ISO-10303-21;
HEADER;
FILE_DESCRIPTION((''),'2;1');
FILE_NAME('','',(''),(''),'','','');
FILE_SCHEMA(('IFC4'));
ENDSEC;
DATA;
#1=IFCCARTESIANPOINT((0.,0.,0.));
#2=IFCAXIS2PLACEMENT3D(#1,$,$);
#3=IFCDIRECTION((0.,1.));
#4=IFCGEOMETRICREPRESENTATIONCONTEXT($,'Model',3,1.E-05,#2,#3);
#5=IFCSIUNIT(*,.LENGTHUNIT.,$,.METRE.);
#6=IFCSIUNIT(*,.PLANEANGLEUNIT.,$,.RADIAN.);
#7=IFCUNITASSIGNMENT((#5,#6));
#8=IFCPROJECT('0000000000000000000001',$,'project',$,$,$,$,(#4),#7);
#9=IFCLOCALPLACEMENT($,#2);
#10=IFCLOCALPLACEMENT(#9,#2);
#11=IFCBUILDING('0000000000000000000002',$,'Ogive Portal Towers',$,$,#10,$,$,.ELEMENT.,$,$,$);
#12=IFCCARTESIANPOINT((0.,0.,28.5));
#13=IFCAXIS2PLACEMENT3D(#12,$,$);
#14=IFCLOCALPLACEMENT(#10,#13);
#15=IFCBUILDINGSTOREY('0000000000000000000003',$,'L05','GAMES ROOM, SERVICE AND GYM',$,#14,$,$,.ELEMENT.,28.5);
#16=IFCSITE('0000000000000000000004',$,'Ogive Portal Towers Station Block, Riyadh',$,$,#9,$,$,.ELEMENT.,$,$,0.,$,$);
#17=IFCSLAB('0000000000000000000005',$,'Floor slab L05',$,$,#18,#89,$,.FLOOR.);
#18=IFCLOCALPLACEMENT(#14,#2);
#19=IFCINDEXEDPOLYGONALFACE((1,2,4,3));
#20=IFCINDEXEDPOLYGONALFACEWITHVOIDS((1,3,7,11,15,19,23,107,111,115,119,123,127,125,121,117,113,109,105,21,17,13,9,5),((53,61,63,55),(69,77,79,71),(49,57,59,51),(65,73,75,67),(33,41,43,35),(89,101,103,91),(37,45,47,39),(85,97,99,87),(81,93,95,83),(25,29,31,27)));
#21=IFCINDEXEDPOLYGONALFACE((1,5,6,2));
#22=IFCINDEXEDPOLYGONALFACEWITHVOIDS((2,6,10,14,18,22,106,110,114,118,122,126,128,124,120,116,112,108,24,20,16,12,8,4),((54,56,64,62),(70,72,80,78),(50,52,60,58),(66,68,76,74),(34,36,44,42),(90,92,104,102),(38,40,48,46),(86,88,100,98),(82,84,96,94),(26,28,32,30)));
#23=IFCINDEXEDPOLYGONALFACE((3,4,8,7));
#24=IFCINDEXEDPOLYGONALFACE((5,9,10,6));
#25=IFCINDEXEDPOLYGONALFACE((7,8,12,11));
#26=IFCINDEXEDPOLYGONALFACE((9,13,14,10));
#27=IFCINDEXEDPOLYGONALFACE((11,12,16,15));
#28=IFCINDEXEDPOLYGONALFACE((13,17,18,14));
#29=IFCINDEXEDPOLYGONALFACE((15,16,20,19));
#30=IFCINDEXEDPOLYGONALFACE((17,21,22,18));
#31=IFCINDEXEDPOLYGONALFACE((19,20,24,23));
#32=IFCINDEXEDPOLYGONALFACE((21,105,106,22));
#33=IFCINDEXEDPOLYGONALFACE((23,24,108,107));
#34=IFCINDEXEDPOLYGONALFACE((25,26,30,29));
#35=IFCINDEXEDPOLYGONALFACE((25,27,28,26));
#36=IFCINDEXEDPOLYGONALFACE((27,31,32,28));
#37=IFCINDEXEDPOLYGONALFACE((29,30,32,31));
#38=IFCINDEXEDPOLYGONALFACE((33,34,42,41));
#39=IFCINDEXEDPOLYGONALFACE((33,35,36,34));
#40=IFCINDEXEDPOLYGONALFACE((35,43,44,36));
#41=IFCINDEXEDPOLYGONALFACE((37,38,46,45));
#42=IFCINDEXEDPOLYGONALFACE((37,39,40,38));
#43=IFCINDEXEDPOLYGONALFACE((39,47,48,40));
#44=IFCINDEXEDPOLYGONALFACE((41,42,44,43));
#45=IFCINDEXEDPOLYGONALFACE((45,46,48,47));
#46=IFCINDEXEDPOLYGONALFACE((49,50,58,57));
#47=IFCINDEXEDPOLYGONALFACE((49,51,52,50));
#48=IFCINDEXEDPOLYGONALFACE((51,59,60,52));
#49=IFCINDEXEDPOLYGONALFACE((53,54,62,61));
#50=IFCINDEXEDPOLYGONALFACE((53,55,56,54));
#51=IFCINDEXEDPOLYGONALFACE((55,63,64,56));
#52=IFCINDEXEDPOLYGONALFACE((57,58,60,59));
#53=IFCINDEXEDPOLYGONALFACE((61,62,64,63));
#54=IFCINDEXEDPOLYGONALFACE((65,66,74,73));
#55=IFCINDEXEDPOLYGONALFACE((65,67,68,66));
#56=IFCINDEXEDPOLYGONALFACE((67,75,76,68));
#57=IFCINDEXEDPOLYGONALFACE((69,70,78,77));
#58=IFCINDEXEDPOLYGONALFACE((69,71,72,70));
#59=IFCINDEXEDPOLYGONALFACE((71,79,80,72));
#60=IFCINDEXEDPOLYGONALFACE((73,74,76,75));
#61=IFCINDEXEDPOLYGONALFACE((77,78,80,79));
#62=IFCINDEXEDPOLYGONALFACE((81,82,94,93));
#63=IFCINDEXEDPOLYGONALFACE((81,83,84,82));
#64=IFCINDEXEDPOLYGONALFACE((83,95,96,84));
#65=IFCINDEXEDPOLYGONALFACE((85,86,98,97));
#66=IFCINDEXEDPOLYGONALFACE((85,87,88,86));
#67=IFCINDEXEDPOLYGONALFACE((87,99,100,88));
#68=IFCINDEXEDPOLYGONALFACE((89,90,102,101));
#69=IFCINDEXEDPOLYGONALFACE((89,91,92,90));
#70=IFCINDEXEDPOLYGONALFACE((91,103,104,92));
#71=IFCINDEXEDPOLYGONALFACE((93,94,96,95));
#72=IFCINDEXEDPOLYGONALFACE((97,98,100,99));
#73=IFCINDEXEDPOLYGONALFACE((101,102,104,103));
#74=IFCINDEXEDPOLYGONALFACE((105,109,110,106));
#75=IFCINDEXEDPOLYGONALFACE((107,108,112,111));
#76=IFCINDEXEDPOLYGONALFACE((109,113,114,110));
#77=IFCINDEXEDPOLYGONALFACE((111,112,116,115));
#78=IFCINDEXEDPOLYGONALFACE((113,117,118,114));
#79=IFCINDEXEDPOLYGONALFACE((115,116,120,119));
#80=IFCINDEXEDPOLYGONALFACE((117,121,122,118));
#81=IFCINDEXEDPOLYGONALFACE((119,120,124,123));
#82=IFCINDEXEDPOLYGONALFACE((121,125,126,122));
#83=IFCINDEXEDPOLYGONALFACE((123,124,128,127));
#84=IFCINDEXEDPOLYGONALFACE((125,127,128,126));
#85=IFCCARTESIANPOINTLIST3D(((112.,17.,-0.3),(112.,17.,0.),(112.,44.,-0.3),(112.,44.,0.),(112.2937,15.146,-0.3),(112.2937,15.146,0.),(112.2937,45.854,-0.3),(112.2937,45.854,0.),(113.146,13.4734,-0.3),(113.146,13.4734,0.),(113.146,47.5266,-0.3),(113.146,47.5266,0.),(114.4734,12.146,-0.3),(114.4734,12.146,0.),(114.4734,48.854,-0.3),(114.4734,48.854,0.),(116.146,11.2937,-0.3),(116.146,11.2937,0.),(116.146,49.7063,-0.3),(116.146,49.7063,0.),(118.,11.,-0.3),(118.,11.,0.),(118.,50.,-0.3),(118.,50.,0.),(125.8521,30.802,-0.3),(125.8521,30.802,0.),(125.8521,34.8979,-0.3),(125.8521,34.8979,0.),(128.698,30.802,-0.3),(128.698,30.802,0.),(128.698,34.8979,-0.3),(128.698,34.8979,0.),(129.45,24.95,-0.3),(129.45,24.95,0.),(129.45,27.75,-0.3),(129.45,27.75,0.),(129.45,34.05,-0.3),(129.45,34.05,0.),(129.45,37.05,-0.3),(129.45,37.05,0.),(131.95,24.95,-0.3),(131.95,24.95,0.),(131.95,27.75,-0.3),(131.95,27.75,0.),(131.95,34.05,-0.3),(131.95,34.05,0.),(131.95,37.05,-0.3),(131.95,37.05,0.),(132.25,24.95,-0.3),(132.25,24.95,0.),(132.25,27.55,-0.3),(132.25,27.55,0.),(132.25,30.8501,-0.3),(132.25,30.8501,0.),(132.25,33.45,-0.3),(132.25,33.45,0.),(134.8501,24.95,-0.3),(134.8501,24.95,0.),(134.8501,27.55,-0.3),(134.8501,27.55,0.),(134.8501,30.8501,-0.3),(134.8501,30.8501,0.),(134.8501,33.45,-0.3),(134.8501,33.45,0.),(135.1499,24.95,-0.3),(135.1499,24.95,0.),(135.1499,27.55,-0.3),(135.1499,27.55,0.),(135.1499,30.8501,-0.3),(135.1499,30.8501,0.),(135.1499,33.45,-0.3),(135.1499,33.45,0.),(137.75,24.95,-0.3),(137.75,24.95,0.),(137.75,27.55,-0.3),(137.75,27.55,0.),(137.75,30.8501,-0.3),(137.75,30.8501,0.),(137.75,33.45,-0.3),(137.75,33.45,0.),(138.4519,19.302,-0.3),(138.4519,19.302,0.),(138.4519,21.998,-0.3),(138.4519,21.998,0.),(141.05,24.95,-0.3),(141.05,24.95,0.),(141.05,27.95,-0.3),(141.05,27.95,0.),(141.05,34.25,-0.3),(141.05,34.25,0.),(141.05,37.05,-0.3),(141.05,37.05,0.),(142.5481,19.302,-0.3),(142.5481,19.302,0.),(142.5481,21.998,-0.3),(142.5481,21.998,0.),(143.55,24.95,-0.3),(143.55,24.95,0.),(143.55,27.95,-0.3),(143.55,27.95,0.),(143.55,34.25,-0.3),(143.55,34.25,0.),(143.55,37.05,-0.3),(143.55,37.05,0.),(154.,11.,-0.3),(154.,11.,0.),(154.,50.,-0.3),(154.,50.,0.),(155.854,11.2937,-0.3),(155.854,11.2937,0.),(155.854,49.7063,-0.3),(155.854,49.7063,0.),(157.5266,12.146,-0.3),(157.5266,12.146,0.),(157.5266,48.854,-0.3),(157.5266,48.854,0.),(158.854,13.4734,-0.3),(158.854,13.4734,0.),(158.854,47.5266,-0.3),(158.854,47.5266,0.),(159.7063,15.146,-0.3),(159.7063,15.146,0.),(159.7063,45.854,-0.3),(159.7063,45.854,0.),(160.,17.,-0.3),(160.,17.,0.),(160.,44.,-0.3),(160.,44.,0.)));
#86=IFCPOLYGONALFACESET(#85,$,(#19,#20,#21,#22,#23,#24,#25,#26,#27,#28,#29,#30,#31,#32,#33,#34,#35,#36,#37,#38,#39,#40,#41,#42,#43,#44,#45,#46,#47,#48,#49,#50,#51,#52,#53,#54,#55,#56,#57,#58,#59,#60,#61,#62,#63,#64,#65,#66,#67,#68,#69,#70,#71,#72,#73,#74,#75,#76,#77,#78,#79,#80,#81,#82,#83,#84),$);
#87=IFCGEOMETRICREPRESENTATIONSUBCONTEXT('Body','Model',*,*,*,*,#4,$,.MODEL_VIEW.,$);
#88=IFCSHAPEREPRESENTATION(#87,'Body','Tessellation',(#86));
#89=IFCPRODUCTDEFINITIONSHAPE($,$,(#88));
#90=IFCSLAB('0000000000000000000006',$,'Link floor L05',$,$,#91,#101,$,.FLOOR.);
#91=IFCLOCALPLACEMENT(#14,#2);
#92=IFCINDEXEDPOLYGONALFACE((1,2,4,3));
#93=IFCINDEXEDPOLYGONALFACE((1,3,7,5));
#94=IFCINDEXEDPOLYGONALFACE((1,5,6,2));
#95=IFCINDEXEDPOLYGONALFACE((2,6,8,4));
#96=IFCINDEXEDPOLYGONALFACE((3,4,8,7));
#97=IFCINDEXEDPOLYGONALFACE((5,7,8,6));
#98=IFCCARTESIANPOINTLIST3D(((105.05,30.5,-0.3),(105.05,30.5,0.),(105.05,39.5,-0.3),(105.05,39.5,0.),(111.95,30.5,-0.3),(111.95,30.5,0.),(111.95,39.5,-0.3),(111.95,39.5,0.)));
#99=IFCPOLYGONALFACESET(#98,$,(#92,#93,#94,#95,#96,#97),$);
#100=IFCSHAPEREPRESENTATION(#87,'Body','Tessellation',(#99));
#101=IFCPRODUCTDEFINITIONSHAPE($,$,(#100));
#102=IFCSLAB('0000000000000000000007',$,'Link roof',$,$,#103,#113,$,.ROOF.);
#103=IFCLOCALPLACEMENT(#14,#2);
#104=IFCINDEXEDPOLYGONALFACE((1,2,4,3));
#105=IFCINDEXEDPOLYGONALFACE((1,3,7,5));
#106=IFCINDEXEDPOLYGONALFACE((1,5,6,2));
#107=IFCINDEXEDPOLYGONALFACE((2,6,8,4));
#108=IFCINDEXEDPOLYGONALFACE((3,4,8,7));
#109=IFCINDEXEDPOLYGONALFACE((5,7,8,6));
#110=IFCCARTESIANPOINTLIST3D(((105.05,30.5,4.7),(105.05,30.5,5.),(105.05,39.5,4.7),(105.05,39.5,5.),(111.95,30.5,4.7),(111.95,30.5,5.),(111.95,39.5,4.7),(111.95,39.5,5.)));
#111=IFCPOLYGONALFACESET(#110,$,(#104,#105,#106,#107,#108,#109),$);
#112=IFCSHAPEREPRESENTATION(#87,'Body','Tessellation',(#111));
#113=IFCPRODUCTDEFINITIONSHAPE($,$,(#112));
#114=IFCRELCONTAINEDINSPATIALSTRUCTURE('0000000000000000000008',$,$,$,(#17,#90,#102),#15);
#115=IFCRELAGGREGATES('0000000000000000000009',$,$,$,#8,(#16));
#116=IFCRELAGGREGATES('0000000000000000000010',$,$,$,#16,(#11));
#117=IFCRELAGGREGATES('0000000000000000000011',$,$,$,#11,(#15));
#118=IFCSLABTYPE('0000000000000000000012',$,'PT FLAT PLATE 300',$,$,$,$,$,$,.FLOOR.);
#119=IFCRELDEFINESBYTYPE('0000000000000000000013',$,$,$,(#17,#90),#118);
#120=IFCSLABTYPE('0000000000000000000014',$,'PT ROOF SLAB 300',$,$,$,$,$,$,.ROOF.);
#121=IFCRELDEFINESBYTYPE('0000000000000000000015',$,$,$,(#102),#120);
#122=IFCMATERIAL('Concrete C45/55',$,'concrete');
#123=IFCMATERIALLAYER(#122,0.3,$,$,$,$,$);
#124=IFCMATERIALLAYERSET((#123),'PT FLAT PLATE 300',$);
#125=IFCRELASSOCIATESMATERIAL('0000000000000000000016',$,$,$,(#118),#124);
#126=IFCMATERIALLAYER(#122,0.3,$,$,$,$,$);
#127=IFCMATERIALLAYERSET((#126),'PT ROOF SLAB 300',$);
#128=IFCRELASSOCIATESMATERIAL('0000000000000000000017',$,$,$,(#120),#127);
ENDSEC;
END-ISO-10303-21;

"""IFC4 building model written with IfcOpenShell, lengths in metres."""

from ifc_helpers import new_model, si_unit, direction, frame, origin, place, context, subcontext, project, spatial, polyline, outline, extrude, material, layer, layer_set, type_object, element, save


model = new_model("IFC4")

# Units and contexts
model_context = context("Model", 3, precision=1e-05, world=origin(), true_north=direction((0.0, 1.0)))
body_context = subcontext(model_context, "Body", "Model", "MODEL_VIEW")
ifc_project = project(units=[si_unit("LENGTHUNIT", "METRE"), si_unit("PLANEANGLEUNIT", "RADIAN")], contexts=[model_context])

# Site, building, storey
site_placement = place(None, origin())
site = spatial("IfcSite", under=ifc_project, at=site_placement, Name="Ogive Portal Towers Station Block, Riyadh", CompositionType="ELEMENT", RefElevation=0.0)
building_placement = place(site_placement, origin())
building = spatial("IfcBuilding", under=site, at=building_placement, Name="Ogive Portal Towers", CompositionType="ELEMENT")
storey_placement = place(building_placement, frame((0.0, 0.0, 28.5)))
storey = spatial("IfcBuildingStorey", under=building, at=storey_placement, Name="L05", Description="GAMES ROOM, SERVICE AND GYM", CompositionType="ELEMENT", Elevation=28.5)

# Slabs
ifc_material_1 = material(Name="Concrete C45/55", Category="concrete")
ifc_layer_1 = layer(ifc_material_1, 0.3)
ifc_layer_set_1 = layer_set([ifc_layer_1], Name="PT FLAT PLATE 300")
slab_type_1 = type_object("IfcSlabType", Name="PT FLAT PLATE 300", PredefinedType="FLOOR", material=ifc_layer_set_1)
slab_1_placement = place(storey_placement, frame((0.0, 0.0, -0.3)))
element("IfcSlab", 1, at=slab_1_placement, inside=storey, type_object=slab_type_1, Name="Floor slab L05", PredefinedType="FLOOR", context=body_context, shape_type="SweptSolid", body=[
    extrude(outline(polyline([(112.0, 44.0), (112.0, 17.0), (112.2937, 15.146), (113.146, 13.4734), (114.4734, 12.146), (116.146, 11.2937), (118.0, 11.0), (154.0, 11.0), (155.854, 11.2937), (157.5266, 12.146), (158.854, 13.4734), (159.7063, 15.146), (160.0, 17.0), (160.0, 44.0), (159.7063, 45.854), (158.854, 47.5266), (157.5266, 48.854), (155.854, 49.7063), (154.0, 50.0), (118.0, 50.0), (116.146, 49.7063), (114.4734, 48.854), (113.146, 47.5266), (112.2937, 45.854), (112.0, 44.0)]), holes=[polyline([(128.698, 34.8979), (128.698, 30.802), (125.8521, 30.802), (125.8521, 34.8979), (128.698, 34.8979)]), polyline([(131.95, 37.05), (131.95, 34.05), (129.45, 34.05), (129.45, 37.05), (131.95, 37.05)]), polyline([(138.4519, 21.998), (142.5481, 21.998), (142.5481, 19.302), (138.4519, 19.302), (138.4519, 21.998)]), polyline([(134.8501, 27.55), (134.8501, 24.95), (132.25, 24.95), (132.25, 27.55), (134.8501, 27.55)]), polyline([(137.75, 27.55), (137.75, 24.95), (135.1499, 24.95), (135.1499, 27.55), (137.75, 27.55)]), polyline([(131.95, 27.75), (131.95, 24.95), (129.45, 24.95), (129.45, 27.75), (131.95, 27.75)]), polyline([(143.55, 27.95), (143.55, 24.95), (141.05, 24.95), (141.05, 27.95), (143.55, 27.95)]), polyline([(134.8501, 33.45), (134.8501, 30.8501), (132.25, 30.8501), (132.25, 33.45), (134.8501, 33.45)]), polyline([(137.75, 33.45), (137.75, 30.8501), (135.1499, 30.8501), (135.1499, 33.45), (137.75, 33.45)]), polyline([(143.55, 37.05), (143.55, 34.25), (141.05, 34.25), (141.05, 37.05), (143.55, 37.05)])]), origin(), (0.0, 0.0, 1.0), 0.3),
])
slab_2_placement = place(storey_placement, frame((0.0, 0.0, -0.3)))
element("IfcSlab", 2, at=slab_2_placement, inside=storey, type_object=slab_type_1, Name="Link floor L05", PredefinedType="FLOOR", context=body_context, shape_type="SweptSolid", body=[
    extrude(outline(polyline([(111.95, 30.5), (111.95, 39.5), (105.05, 39.5), (105.05, 30.5), (111.95, 30.5)])), origin(), (0.0, 0.0, 1.0), 0.3),
])
ifc_layer_2 = layer(ifc_material_1, 0.3)
ifc_layer_set_2 = layer_set([ifc_layer_2], Name="PT ROOF SLAB 300")
slab_type_2 = type_object("IfcSlabType", Name="PT ROOF SLAB 300", PredefinedType="ROOF", material=ifc_layer_set_2)
slab_3_placement = place(storey_placement, frame((0.0, 0.0, 4.7)))
element("IfcSlab", 3, at=slab_3_placement, inside=storey, type_object=slab_type_2, Name="Link roof", PredefinedType="ROOF", context=body_context, shape_type="SweptSolid", body=[
    extrude(outline(polyline([(111.95, 30.5), (111.95, 39.5), (105.05, 39.5), (105.05, 30.5), (111.95, 30.5)])), origin(), (0.0, 0.0, 1.0), 0.3),
])

save(model, "model.ifc")
